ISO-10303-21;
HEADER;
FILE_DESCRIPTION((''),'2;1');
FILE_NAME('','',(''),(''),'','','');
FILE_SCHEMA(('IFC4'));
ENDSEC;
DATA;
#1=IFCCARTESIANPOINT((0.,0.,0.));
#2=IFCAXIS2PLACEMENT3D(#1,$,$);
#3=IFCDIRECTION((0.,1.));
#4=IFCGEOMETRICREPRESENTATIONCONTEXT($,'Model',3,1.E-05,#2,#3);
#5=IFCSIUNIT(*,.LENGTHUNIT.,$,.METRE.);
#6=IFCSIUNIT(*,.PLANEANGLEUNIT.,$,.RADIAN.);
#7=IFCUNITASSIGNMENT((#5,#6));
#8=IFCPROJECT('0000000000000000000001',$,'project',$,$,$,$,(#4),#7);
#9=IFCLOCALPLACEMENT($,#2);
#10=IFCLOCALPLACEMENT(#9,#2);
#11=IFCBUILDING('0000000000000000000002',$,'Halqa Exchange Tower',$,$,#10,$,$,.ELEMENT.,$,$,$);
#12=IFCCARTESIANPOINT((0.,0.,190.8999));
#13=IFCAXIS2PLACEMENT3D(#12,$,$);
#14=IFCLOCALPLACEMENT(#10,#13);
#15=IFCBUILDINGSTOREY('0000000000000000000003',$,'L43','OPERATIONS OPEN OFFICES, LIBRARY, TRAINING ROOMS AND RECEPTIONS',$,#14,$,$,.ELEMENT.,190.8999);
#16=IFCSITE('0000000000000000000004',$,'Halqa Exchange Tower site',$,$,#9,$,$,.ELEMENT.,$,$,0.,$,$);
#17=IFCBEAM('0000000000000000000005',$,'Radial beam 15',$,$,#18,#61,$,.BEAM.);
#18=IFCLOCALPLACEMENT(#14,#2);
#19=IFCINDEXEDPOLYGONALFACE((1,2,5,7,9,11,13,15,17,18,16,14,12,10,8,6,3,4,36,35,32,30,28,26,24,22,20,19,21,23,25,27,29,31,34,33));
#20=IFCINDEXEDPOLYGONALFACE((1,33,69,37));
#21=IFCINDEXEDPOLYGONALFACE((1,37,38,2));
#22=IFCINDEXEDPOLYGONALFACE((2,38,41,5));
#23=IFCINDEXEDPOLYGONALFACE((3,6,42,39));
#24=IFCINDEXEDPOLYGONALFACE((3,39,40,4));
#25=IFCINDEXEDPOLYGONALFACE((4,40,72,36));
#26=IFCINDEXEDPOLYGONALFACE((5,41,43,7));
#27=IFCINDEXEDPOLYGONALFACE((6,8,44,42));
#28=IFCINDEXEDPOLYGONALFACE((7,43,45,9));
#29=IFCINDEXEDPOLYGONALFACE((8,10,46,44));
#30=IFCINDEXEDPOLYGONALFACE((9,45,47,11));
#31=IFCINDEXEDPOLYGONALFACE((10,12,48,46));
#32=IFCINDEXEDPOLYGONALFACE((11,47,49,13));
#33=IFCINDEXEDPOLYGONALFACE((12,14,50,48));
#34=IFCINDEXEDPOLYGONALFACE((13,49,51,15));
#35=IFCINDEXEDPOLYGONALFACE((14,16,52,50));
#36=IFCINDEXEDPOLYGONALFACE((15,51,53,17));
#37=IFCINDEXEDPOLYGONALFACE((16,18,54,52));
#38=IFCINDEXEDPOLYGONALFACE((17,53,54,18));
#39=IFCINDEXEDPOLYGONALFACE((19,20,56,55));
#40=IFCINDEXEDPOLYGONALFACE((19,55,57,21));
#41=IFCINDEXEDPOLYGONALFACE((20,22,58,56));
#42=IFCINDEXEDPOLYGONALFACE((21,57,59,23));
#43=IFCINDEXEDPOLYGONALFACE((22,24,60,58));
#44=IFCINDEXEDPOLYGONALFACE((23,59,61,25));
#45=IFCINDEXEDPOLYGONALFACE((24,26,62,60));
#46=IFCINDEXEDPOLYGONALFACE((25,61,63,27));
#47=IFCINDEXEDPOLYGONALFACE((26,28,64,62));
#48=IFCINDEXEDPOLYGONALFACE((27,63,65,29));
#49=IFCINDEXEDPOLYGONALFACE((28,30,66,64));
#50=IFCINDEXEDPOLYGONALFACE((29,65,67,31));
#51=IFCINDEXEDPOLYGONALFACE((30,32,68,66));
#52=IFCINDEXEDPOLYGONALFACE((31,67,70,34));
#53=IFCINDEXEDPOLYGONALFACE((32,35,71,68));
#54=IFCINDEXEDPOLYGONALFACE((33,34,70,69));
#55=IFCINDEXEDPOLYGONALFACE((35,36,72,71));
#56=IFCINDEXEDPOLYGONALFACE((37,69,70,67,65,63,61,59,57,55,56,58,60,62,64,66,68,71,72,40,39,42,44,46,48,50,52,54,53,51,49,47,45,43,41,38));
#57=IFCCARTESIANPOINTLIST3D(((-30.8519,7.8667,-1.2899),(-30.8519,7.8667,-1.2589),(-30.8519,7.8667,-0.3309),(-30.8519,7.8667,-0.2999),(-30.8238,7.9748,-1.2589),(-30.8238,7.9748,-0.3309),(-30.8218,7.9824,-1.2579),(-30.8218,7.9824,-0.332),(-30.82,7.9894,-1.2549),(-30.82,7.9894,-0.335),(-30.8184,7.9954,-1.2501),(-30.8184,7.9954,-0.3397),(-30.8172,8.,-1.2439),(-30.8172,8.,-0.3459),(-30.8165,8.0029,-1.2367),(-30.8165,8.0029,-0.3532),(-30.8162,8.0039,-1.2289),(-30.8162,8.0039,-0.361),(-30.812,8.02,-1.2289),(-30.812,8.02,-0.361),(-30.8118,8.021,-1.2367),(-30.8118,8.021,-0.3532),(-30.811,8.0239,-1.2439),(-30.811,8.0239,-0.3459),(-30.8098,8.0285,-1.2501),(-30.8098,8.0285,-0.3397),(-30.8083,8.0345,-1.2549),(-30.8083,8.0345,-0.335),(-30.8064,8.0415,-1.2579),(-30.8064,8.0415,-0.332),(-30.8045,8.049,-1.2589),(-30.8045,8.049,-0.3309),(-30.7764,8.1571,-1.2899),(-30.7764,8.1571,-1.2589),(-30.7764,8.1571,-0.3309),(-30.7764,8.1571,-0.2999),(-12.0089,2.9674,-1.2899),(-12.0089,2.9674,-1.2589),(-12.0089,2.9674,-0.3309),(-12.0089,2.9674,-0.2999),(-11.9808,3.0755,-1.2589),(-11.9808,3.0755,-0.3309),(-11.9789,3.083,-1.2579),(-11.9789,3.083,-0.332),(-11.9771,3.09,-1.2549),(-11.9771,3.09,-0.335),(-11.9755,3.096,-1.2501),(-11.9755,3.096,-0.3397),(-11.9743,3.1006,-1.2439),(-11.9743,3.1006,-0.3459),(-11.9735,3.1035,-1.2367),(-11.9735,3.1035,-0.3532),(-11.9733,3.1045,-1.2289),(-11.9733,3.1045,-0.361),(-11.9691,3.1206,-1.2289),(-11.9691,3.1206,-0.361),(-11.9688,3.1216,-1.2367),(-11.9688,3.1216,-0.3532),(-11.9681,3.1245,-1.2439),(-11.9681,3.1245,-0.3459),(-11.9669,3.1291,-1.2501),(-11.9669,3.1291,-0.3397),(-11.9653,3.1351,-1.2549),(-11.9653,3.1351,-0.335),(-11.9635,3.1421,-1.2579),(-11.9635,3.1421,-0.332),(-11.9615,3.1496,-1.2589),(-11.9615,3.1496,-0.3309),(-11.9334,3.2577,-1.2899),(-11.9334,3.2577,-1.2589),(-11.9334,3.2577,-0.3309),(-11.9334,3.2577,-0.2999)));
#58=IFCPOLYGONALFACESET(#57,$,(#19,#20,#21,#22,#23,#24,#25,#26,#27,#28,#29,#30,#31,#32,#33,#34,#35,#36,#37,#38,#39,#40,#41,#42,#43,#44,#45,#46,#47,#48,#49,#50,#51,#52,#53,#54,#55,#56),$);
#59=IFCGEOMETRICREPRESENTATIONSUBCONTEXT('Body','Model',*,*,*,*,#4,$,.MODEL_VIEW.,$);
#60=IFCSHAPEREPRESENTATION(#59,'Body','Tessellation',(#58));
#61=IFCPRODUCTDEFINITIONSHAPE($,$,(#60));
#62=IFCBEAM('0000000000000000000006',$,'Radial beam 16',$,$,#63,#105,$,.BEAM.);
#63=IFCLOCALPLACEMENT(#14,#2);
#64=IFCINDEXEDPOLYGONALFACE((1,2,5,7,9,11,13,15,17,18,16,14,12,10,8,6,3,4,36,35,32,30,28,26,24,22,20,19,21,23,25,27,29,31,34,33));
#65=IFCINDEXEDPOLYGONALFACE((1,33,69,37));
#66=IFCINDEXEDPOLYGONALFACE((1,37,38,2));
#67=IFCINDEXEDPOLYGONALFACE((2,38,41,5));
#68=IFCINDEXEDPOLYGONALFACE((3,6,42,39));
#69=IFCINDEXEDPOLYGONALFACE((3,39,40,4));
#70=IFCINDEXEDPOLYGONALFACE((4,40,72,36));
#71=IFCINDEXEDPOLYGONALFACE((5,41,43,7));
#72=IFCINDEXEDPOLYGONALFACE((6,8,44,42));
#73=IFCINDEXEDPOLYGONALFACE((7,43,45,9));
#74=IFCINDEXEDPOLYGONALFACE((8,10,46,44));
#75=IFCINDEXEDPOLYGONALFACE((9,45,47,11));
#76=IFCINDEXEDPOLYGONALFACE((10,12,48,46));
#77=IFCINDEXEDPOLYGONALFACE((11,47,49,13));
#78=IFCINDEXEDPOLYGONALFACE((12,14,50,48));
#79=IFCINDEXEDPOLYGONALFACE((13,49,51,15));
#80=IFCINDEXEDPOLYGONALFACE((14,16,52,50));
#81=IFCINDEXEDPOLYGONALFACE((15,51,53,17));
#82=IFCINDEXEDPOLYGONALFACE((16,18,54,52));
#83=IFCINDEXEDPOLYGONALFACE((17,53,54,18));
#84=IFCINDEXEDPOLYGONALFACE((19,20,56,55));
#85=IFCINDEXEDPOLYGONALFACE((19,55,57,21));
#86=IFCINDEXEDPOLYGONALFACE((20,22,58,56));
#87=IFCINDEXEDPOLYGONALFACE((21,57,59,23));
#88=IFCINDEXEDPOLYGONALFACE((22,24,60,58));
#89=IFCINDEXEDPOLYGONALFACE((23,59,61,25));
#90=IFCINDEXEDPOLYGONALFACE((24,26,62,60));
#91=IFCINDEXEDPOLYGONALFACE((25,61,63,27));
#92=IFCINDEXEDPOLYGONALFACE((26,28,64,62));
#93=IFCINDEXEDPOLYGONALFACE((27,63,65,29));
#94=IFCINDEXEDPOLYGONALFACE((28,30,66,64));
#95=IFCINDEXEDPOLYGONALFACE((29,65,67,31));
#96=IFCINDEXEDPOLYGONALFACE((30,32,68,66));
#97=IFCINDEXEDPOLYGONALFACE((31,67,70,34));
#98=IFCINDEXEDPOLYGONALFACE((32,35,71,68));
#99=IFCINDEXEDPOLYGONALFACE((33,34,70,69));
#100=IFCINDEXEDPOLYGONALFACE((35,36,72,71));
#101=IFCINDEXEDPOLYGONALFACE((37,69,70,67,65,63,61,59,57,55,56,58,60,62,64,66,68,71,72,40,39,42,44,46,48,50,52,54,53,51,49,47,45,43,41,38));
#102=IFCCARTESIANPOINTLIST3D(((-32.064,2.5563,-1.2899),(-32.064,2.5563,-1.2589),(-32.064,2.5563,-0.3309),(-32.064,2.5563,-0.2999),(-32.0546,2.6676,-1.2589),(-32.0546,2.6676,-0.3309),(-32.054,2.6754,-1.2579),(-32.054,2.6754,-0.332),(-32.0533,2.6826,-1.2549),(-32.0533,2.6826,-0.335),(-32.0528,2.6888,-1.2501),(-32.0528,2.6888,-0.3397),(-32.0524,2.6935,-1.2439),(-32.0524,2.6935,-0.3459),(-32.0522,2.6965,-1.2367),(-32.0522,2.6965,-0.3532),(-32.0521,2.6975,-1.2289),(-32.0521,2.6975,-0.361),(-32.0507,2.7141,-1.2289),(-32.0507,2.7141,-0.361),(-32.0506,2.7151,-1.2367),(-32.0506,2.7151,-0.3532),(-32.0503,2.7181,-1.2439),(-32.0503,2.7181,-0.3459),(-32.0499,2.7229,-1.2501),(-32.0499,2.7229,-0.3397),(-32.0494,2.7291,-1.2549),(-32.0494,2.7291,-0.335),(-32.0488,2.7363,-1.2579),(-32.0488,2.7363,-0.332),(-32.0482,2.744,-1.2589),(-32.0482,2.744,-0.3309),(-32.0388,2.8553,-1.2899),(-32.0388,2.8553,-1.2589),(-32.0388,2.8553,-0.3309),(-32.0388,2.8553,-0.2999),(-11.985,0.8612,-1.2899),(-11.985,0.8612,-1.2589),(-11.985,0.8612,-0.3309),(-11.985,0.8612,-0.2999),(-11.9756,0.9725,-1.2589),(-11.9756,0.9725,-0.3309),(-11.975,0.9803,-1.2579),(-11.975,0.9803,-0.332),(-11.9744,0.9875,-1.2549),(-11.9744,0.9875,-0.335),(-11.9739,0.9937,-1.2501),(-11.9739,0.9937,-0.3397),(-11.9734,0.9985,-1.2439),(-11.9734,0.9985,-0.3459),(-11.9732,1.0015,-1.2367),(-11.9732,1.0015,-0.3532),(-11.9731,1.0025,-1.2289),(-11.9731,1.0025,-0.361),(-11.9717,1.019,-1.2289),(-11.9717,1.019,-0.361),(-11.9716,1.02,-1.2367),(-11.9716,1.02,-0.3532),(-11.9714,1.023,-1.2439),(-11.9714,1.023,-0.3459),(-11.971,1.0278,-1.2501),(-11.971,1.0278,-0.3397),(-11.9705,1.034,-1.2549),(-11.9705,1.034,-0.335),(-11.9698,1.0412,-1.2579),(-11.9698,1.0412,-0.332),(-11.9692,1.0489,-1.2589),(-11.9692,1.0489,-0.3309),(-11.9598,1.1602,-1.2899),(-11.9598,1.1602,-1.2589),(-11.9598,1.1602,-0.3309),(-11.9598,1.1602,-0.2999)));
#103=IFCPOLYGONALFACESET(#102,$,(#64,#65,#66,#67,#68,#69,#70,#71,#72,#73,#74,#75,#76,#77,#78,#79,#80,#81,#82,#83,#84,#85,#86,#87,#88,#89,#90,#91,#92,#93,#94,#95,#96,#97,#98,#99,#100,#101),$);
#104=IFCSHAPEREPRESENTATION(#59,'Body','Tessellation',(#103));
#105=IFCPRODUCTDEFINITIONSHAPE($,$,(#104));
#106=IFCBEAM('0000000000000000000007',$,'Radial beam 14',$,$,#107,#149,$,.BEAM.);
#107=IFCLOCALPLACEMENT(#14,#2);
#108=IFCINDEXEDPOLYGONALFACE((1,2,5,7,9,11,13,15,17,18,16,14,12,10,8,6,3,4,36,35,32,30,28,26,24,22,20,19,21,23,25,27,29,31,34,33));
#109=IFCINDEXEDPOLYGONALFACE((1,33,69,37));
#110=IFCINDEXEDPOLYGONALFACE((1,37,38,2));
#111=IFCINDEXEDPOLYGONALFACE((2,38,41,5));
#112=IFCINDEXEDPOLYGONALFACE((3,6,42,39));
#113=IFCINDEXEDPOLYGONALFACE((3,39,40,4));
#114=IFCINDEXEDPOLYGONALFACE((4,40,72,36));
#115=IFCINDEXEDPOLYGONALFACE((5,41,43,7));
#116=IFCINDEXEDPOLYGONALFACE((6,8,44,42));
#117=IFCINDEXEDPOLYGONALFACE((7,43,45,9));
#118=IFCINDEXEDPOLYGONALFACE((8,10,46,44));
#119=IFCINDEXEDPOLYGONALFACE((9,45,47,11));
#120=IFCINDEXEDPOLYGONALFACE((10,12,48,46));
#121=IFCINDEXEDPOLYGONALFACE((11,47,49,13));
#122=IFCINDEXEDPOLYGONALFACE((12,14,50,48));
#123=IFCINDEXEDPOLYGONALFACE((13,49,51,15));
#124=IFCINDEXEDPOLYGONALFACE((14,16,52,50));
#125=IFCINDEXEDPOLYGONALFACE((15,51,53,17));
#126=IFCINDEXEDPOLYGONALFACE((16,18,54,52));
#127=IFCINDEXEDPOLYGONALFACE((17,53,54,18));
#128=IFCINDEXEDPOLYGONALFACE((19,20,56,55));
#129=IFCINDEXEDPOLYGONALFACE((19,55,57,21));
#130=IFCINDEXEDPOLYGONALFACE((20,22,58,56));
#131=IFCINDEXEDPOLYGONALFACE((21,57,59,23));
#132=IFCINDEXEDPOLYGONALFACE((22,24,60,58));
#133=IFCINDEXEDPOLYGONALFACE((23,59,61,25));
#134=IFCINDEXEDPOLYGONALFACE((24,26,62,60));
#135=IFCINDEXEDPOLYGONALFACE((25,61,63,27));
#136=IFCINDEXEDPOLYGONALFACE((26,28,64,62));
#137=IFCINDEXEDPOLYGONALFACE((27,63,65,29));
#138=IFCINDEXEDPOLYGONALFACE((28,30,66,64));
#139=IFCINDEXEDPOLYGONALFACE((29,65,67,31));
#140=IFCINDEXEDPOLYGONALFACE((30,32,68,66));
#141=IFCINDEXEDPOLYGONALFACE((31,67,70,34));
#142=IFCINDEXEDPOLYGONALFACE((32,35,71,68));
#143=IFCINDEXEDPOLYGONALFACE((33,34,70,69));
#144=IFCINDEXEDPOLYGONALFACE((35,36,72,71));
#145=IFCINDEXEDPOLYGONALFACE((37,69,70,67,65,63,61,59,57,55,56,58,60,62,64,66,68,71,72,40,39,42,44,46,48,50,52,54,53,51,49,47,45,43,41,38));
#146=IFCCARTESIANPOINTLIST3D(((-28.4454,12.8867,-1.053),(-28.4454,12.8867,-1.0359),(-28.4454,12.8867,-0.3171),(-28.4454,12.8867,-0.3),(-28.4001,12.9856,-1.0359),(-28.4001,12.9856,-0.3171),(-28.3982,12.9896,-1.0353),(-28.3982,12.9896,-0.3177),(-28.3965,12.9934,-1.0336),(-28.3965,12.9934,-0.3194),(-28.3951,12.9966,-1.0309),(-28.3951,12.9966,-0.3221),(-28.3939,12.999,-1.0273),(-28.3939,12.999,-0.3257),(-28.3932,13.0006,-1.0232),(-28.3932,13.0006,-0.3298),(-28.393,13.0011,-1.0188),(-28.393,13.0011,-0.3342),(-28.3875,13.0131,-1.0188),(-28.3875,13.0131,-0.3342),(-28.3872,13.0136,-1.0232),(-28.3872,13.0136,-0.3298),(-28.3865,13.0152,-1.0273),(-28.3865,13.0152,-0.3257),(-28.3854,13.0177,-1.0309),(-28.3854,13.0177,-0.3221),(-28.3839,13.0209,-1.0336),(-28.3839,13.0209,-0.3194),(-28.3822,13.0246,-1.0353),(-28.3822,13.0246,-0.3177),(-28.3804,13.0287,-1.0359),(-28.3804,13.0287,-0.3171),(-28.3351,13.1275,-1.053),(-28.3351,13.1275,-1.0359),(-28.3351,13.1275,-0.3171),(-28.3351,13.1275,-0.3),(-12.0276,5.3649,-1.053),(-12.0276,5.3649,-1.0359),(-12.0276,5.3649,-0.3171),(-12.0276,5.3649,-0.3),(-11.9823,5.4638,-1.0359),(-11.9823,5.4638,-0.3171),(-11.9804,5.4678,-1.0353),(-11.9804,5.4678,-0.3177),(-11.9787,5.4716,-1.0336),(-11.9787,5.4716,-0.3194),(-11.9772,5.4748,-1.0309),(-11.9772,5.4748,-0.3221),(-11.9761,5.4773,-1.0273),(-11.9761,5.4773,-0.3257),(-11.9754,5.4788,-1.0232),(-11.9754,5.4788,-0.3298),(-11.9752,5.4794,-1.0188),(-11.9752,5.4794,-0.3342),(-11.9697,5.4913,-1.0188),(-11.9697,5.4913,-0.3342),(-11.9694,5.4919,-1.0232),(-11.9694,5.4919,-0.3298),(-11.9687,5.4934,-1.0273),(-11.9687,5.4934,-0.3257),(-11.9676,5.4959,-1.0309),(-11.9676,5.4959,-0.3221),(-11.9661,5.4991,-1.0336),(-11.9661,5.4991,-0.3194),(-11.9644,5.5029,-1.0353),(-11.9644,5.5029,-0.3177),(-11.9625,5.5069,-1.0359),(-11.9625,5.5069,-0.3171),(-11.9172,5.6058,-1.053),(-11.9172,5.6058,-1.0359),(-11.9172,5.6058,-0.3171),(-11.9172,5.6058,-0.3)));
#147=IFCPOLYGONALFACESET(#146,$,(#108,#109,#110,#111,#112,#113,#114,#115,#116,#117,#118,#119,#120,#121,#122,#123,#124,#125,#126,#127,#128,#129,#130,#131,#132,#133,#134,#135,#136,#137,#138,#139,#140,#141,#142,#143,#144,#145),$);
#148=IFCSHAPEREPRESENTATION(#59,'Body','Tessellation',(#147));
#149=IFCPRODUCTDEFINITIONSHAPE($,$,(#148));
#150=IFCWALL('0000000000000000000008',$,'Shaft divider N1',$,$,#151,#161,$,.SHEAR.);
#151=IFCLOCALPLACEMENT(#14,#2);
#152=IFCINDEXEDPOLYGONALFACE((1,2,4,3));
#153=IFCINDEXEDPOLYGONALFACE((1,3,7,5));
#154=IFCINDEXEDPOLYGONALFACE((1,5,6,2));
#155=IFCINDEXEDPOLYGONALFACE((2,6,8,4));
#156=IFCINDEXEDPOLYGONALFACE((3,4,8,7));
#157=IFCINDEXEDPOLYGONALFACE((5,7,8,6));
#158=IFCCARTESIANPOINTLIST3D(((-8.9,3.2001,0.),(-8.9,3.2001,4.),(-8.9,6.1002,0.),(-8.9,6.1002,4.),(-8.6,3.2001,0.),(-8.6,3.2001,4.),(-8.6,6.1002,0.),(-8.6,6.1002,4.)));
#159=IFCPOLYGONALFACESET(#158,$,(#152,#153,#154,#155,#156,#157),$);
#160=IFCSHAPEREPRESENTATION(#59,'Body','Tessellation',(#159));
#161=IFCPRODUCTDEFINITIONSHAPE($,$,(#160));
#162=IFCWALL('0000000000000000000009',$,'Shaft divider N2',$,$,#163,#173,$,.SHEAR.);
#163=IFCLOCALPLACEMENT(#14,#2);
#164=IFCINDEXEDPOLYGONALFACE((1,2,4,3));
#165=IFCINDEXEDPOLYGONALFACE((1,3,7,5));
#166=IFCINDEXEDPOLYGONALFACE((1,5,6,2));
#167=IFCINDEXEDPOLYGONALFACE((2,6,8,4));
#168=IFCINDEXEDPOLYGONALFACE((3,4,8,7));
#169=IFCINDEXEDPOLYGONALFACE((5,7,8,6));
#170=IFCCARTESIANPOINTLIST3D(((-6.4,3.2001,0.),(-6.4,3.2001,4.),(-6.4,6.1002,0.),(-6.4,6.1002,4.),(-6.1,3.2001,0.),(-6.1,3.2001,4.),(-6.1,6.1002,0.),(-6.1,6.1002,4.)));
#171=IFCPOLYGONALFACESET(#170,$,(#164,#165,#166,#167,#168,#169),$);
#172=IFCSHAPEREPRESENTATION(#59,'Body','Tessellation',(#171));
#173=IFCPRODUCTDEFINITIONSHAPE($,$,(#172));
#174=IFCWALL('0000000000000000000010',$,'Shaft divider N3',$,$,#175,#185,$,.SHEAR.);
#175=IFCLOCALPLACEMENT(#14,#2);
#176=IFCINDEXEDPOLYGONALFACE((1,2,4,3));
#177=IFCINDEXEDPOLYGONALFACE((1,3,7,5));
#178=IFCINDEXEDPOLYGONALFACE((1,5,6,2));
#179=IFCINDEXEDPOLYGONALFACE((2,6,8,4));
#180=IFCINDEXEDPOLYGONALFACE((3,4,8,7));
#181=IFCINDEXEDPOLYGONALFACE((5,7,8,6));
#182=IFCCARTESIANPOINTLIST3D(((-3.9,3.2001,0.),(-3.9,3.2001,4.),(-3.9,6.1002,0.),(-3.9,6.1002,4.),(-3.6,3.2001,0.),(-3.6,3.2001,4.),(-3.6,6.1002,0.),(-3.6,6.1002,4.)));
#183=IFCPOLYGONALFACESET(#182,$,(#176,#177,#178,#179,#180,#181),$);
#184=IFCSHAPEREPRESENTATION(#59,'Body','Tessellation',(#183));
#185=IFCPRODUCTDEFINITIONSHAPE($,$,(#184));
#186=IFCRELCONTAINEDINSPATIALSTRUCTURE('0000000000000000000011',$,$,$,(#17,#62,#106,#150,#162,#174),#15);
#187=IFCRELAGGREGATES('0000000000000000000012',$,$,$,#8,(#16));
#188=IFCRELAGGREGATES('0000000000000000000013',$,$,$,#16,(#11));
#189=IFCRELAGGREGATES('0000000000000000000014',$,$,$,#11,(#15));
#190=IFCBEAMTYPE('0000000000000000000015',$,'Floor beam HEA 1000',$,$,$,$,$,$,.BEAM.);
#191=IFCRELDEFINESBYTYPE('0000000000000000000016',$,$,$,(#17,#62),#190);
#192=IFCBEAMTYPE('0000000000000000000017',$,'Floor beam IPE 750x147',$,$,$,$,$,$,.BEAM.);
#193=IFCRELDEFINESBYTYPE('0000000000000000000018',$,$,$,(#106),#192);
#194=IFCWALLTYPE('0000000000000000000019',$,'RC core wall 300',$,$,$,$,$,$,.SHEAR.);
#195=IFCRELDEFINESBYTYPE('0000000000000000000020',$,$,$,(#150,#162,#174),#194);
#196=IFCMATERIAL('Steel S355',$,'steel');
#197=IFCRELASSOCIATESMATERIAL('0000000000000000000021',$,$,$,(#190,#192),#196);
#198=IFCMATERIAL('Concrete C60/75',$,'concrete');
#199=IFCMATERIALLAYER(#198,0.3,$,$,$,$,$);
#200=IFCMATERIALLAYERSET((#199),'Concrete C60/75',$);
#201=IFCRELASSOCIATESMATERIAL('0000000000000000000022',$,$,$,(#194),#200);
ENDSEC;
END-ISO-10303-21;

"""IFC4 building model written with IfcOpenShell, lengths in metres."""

from ifc_helpers import new_model, si_unit, direction, frame, frame_2d, origin, origin_2d, place, context, subcontext, project, spatial, rectangle, i_section, extrude, material, layer, layer_set, material_profile, profile_set, type_object, element, save


model = new_model("IFC4")

# Units and contexts
model_context = context("Model", 3, precision=1e-05, world=origin(), true_north=direction((0.0, 1.0)))
body_context = subcontext(model_context, "Body", "Model", "MODEL_VIEW")
ifc_project = project(units=[si_unit("LENGTHUNIT", "METRE"), si_unit("PLANEANGLEUNIT", "RADIAN")], contexts=[model_context])

# Site, building, storey
site_placement = place(None, origin())
site = spatial("IfcSite", under=ifc_project, at=site_placement, Name="Halqa Exchange Tower site", CompositionType="ELEMENT", RefElevation=0.0)
building_placement = place(site_placement, origin())
building = spatial("IfcBuilding", under=site, at=building_placement, Name="Halqa Exchange Tower", CompositionType="ELEMENT")
storey_placement = place(building_placement, frame((0.0, 0.0, 190.8999)))
storey = spatial("IfcBuildingStorey", under=building, at=storey_placement, Name="L43", Description="OPERATIONS OPEN OFFICES, LIBRARY, TRAINING ROOMS AND RECEPTIONS", CompositionType="ELEMENT", Elevation=190.8999)

# Beams
ifc_material_1 = material(Name="Steel S355", Category="steel")
ifc_material_profile_1 = material_profile(ifc_material_1, i_section(OverallWidth=0.3, OverallDepth=0.99, WebThickness=0.0166, FlangeThickness=0.031, FilletRadius=0.03, at=origin_2d()), Name="HEA 1000")
ifc_profile_set_1 = profile_set([ifc_material_profile_1], Name="Steel S355")
beam_type_1 = type_object("IfcBeamType", Name="Floor beam HEA 1000", PredefinedType="BEAM", material=ifc_profile_set_1)
beam_1_placement = place(storey_placement, frame((-11.9712, 3.1125, -0.7949), z_axis=(-0.96782, 0.251645, 0.0), x_axis=(-0.251645, -0.96782, 0.0)))
element("IfcBeam", 1, at=beam_1_placement, inside=storey, type_object=beam_type_1, Name="Radial beam 15", PredefinedType="BEAM", context=body_context, shape_type="SweptSolid", body=[
    extrude(i_section(OverallWidth=0.3, OverallDepth=0.99, WebThickness=0.0166, FlangeThickness=0.031, FilletRadius=0.03, at=origin_2d()), origin(), (0.0, 0.0, 1.0), 19.4695),
])
beam_2_placement = place(storey_placement, frame((-11.9724, 1.0107, -0.7949), z_axis=(-0.996456, 0.084121, 0.0), x_axis=(-0.084121, -0.996456, 0.0)))
element("IfcBeam", 2, at=beam_2_placement, inside=storey, type_object=beam_type_1, Name="Radial beam 16", PredefinedType="BEAM", context=body_context, shape_type="SweptSolid", body=[
    extrude(i_section(OverallWidth=0.3, OverallDepth=0.99, WebThickness=0.0166, FlangeThickness=0.031, FilletRadius=0.03, at=origin_2d()), origin(), (0.0, 0.0, 1.0), 20.1504),
])
ifc_material_profile_2 = material_profile(ifc_material_1, i_section(OverallWidth=0.2649, OverallDepth=0.7529, WebThickness=0.0132, FlangeThickness=0.0171, FilletRadius=0.0171, at=origin_2d()), Name="IPE 750x147")
ifc_profile_set_2 = profile_set([ifc_material_profile_2], Name="Steel S355")
beam_type_2 = type_object("IfcBeamType", Name="Floor beam IPE 750x147", PredefinedType="BEAM", material=ifc_profile_set_2)
beam_3_placement = place(storey_placement, frame((-11.9724, 5.4854, -0.6765), z_axis=(-0.909129, 0.416515, 0.0), x_axis=(-0.416515, -0.909129, 0.0)))
element("IfcBeam", 3, at=beam_3_placement, inside=storey, type_object=beam_type_2, Name="Radial beam 14", PredefinedType="BEAM", context=body_context, shape_type="SweptSolid", body=[
    extrude(i_section(OverallWidth=0.2649, OverallDepth=0.7529, WebThickness=0.0132, FlangeThickness=0.0171, FilletRadius=0.0171, at=origin_2d()), origin(), (0.0, 0.0, 1.0), 18.0588),
])

# Walls
ifc_material_2 = material(Name="Concrete C60/75", Category="concrete")
ifc_layer_1 = layer(ifc_material_2, 0.3)
ifc_layer_set_1 = layer_set([ifc_layer_1], Name="Concrete C60/75")
wall_type_1 = type_object("IfcWallType", Name="RC core wall 300", PredefinedType="SHEAR", material=ifc_layer_set_1)
for number, where, z_axis, x_axis, name in (
    (4, (-8.75, 3.2, 0.0), (0.0, 0.0, 1.0), (0.0, 1.0, 0.0), "Shaft divider N1"),
    (5, (-6.25, 3.2, 0.0), (0.0, 0.0, 1.0), (0.0, 1.0, 0.0), "Shaft divider N2"),
    (6, (-3.75, 3.2, 0.0), (0.0, 0.0, 1.0), (0.0, 1.0, 0.0), "Shaft divider N3"),
):
    element("IfcWall", number, at=place(storey_placement, frame(where, z_axis=z_axis, x_axis=x_axis)), inside=storey, type_object=wall_type_1, Name=name, PredefinedType="SHEAR", context=body_context, shape_type="SweptSolid", body=[
        extrude(rectangle(XDim=2.9001, YDim=0.3, at=frame_2d((1.4502, 0.0))), origin(), (0.0, 0.0, 1.0), 4.0),
    ])

save(model, "model.ifc")
